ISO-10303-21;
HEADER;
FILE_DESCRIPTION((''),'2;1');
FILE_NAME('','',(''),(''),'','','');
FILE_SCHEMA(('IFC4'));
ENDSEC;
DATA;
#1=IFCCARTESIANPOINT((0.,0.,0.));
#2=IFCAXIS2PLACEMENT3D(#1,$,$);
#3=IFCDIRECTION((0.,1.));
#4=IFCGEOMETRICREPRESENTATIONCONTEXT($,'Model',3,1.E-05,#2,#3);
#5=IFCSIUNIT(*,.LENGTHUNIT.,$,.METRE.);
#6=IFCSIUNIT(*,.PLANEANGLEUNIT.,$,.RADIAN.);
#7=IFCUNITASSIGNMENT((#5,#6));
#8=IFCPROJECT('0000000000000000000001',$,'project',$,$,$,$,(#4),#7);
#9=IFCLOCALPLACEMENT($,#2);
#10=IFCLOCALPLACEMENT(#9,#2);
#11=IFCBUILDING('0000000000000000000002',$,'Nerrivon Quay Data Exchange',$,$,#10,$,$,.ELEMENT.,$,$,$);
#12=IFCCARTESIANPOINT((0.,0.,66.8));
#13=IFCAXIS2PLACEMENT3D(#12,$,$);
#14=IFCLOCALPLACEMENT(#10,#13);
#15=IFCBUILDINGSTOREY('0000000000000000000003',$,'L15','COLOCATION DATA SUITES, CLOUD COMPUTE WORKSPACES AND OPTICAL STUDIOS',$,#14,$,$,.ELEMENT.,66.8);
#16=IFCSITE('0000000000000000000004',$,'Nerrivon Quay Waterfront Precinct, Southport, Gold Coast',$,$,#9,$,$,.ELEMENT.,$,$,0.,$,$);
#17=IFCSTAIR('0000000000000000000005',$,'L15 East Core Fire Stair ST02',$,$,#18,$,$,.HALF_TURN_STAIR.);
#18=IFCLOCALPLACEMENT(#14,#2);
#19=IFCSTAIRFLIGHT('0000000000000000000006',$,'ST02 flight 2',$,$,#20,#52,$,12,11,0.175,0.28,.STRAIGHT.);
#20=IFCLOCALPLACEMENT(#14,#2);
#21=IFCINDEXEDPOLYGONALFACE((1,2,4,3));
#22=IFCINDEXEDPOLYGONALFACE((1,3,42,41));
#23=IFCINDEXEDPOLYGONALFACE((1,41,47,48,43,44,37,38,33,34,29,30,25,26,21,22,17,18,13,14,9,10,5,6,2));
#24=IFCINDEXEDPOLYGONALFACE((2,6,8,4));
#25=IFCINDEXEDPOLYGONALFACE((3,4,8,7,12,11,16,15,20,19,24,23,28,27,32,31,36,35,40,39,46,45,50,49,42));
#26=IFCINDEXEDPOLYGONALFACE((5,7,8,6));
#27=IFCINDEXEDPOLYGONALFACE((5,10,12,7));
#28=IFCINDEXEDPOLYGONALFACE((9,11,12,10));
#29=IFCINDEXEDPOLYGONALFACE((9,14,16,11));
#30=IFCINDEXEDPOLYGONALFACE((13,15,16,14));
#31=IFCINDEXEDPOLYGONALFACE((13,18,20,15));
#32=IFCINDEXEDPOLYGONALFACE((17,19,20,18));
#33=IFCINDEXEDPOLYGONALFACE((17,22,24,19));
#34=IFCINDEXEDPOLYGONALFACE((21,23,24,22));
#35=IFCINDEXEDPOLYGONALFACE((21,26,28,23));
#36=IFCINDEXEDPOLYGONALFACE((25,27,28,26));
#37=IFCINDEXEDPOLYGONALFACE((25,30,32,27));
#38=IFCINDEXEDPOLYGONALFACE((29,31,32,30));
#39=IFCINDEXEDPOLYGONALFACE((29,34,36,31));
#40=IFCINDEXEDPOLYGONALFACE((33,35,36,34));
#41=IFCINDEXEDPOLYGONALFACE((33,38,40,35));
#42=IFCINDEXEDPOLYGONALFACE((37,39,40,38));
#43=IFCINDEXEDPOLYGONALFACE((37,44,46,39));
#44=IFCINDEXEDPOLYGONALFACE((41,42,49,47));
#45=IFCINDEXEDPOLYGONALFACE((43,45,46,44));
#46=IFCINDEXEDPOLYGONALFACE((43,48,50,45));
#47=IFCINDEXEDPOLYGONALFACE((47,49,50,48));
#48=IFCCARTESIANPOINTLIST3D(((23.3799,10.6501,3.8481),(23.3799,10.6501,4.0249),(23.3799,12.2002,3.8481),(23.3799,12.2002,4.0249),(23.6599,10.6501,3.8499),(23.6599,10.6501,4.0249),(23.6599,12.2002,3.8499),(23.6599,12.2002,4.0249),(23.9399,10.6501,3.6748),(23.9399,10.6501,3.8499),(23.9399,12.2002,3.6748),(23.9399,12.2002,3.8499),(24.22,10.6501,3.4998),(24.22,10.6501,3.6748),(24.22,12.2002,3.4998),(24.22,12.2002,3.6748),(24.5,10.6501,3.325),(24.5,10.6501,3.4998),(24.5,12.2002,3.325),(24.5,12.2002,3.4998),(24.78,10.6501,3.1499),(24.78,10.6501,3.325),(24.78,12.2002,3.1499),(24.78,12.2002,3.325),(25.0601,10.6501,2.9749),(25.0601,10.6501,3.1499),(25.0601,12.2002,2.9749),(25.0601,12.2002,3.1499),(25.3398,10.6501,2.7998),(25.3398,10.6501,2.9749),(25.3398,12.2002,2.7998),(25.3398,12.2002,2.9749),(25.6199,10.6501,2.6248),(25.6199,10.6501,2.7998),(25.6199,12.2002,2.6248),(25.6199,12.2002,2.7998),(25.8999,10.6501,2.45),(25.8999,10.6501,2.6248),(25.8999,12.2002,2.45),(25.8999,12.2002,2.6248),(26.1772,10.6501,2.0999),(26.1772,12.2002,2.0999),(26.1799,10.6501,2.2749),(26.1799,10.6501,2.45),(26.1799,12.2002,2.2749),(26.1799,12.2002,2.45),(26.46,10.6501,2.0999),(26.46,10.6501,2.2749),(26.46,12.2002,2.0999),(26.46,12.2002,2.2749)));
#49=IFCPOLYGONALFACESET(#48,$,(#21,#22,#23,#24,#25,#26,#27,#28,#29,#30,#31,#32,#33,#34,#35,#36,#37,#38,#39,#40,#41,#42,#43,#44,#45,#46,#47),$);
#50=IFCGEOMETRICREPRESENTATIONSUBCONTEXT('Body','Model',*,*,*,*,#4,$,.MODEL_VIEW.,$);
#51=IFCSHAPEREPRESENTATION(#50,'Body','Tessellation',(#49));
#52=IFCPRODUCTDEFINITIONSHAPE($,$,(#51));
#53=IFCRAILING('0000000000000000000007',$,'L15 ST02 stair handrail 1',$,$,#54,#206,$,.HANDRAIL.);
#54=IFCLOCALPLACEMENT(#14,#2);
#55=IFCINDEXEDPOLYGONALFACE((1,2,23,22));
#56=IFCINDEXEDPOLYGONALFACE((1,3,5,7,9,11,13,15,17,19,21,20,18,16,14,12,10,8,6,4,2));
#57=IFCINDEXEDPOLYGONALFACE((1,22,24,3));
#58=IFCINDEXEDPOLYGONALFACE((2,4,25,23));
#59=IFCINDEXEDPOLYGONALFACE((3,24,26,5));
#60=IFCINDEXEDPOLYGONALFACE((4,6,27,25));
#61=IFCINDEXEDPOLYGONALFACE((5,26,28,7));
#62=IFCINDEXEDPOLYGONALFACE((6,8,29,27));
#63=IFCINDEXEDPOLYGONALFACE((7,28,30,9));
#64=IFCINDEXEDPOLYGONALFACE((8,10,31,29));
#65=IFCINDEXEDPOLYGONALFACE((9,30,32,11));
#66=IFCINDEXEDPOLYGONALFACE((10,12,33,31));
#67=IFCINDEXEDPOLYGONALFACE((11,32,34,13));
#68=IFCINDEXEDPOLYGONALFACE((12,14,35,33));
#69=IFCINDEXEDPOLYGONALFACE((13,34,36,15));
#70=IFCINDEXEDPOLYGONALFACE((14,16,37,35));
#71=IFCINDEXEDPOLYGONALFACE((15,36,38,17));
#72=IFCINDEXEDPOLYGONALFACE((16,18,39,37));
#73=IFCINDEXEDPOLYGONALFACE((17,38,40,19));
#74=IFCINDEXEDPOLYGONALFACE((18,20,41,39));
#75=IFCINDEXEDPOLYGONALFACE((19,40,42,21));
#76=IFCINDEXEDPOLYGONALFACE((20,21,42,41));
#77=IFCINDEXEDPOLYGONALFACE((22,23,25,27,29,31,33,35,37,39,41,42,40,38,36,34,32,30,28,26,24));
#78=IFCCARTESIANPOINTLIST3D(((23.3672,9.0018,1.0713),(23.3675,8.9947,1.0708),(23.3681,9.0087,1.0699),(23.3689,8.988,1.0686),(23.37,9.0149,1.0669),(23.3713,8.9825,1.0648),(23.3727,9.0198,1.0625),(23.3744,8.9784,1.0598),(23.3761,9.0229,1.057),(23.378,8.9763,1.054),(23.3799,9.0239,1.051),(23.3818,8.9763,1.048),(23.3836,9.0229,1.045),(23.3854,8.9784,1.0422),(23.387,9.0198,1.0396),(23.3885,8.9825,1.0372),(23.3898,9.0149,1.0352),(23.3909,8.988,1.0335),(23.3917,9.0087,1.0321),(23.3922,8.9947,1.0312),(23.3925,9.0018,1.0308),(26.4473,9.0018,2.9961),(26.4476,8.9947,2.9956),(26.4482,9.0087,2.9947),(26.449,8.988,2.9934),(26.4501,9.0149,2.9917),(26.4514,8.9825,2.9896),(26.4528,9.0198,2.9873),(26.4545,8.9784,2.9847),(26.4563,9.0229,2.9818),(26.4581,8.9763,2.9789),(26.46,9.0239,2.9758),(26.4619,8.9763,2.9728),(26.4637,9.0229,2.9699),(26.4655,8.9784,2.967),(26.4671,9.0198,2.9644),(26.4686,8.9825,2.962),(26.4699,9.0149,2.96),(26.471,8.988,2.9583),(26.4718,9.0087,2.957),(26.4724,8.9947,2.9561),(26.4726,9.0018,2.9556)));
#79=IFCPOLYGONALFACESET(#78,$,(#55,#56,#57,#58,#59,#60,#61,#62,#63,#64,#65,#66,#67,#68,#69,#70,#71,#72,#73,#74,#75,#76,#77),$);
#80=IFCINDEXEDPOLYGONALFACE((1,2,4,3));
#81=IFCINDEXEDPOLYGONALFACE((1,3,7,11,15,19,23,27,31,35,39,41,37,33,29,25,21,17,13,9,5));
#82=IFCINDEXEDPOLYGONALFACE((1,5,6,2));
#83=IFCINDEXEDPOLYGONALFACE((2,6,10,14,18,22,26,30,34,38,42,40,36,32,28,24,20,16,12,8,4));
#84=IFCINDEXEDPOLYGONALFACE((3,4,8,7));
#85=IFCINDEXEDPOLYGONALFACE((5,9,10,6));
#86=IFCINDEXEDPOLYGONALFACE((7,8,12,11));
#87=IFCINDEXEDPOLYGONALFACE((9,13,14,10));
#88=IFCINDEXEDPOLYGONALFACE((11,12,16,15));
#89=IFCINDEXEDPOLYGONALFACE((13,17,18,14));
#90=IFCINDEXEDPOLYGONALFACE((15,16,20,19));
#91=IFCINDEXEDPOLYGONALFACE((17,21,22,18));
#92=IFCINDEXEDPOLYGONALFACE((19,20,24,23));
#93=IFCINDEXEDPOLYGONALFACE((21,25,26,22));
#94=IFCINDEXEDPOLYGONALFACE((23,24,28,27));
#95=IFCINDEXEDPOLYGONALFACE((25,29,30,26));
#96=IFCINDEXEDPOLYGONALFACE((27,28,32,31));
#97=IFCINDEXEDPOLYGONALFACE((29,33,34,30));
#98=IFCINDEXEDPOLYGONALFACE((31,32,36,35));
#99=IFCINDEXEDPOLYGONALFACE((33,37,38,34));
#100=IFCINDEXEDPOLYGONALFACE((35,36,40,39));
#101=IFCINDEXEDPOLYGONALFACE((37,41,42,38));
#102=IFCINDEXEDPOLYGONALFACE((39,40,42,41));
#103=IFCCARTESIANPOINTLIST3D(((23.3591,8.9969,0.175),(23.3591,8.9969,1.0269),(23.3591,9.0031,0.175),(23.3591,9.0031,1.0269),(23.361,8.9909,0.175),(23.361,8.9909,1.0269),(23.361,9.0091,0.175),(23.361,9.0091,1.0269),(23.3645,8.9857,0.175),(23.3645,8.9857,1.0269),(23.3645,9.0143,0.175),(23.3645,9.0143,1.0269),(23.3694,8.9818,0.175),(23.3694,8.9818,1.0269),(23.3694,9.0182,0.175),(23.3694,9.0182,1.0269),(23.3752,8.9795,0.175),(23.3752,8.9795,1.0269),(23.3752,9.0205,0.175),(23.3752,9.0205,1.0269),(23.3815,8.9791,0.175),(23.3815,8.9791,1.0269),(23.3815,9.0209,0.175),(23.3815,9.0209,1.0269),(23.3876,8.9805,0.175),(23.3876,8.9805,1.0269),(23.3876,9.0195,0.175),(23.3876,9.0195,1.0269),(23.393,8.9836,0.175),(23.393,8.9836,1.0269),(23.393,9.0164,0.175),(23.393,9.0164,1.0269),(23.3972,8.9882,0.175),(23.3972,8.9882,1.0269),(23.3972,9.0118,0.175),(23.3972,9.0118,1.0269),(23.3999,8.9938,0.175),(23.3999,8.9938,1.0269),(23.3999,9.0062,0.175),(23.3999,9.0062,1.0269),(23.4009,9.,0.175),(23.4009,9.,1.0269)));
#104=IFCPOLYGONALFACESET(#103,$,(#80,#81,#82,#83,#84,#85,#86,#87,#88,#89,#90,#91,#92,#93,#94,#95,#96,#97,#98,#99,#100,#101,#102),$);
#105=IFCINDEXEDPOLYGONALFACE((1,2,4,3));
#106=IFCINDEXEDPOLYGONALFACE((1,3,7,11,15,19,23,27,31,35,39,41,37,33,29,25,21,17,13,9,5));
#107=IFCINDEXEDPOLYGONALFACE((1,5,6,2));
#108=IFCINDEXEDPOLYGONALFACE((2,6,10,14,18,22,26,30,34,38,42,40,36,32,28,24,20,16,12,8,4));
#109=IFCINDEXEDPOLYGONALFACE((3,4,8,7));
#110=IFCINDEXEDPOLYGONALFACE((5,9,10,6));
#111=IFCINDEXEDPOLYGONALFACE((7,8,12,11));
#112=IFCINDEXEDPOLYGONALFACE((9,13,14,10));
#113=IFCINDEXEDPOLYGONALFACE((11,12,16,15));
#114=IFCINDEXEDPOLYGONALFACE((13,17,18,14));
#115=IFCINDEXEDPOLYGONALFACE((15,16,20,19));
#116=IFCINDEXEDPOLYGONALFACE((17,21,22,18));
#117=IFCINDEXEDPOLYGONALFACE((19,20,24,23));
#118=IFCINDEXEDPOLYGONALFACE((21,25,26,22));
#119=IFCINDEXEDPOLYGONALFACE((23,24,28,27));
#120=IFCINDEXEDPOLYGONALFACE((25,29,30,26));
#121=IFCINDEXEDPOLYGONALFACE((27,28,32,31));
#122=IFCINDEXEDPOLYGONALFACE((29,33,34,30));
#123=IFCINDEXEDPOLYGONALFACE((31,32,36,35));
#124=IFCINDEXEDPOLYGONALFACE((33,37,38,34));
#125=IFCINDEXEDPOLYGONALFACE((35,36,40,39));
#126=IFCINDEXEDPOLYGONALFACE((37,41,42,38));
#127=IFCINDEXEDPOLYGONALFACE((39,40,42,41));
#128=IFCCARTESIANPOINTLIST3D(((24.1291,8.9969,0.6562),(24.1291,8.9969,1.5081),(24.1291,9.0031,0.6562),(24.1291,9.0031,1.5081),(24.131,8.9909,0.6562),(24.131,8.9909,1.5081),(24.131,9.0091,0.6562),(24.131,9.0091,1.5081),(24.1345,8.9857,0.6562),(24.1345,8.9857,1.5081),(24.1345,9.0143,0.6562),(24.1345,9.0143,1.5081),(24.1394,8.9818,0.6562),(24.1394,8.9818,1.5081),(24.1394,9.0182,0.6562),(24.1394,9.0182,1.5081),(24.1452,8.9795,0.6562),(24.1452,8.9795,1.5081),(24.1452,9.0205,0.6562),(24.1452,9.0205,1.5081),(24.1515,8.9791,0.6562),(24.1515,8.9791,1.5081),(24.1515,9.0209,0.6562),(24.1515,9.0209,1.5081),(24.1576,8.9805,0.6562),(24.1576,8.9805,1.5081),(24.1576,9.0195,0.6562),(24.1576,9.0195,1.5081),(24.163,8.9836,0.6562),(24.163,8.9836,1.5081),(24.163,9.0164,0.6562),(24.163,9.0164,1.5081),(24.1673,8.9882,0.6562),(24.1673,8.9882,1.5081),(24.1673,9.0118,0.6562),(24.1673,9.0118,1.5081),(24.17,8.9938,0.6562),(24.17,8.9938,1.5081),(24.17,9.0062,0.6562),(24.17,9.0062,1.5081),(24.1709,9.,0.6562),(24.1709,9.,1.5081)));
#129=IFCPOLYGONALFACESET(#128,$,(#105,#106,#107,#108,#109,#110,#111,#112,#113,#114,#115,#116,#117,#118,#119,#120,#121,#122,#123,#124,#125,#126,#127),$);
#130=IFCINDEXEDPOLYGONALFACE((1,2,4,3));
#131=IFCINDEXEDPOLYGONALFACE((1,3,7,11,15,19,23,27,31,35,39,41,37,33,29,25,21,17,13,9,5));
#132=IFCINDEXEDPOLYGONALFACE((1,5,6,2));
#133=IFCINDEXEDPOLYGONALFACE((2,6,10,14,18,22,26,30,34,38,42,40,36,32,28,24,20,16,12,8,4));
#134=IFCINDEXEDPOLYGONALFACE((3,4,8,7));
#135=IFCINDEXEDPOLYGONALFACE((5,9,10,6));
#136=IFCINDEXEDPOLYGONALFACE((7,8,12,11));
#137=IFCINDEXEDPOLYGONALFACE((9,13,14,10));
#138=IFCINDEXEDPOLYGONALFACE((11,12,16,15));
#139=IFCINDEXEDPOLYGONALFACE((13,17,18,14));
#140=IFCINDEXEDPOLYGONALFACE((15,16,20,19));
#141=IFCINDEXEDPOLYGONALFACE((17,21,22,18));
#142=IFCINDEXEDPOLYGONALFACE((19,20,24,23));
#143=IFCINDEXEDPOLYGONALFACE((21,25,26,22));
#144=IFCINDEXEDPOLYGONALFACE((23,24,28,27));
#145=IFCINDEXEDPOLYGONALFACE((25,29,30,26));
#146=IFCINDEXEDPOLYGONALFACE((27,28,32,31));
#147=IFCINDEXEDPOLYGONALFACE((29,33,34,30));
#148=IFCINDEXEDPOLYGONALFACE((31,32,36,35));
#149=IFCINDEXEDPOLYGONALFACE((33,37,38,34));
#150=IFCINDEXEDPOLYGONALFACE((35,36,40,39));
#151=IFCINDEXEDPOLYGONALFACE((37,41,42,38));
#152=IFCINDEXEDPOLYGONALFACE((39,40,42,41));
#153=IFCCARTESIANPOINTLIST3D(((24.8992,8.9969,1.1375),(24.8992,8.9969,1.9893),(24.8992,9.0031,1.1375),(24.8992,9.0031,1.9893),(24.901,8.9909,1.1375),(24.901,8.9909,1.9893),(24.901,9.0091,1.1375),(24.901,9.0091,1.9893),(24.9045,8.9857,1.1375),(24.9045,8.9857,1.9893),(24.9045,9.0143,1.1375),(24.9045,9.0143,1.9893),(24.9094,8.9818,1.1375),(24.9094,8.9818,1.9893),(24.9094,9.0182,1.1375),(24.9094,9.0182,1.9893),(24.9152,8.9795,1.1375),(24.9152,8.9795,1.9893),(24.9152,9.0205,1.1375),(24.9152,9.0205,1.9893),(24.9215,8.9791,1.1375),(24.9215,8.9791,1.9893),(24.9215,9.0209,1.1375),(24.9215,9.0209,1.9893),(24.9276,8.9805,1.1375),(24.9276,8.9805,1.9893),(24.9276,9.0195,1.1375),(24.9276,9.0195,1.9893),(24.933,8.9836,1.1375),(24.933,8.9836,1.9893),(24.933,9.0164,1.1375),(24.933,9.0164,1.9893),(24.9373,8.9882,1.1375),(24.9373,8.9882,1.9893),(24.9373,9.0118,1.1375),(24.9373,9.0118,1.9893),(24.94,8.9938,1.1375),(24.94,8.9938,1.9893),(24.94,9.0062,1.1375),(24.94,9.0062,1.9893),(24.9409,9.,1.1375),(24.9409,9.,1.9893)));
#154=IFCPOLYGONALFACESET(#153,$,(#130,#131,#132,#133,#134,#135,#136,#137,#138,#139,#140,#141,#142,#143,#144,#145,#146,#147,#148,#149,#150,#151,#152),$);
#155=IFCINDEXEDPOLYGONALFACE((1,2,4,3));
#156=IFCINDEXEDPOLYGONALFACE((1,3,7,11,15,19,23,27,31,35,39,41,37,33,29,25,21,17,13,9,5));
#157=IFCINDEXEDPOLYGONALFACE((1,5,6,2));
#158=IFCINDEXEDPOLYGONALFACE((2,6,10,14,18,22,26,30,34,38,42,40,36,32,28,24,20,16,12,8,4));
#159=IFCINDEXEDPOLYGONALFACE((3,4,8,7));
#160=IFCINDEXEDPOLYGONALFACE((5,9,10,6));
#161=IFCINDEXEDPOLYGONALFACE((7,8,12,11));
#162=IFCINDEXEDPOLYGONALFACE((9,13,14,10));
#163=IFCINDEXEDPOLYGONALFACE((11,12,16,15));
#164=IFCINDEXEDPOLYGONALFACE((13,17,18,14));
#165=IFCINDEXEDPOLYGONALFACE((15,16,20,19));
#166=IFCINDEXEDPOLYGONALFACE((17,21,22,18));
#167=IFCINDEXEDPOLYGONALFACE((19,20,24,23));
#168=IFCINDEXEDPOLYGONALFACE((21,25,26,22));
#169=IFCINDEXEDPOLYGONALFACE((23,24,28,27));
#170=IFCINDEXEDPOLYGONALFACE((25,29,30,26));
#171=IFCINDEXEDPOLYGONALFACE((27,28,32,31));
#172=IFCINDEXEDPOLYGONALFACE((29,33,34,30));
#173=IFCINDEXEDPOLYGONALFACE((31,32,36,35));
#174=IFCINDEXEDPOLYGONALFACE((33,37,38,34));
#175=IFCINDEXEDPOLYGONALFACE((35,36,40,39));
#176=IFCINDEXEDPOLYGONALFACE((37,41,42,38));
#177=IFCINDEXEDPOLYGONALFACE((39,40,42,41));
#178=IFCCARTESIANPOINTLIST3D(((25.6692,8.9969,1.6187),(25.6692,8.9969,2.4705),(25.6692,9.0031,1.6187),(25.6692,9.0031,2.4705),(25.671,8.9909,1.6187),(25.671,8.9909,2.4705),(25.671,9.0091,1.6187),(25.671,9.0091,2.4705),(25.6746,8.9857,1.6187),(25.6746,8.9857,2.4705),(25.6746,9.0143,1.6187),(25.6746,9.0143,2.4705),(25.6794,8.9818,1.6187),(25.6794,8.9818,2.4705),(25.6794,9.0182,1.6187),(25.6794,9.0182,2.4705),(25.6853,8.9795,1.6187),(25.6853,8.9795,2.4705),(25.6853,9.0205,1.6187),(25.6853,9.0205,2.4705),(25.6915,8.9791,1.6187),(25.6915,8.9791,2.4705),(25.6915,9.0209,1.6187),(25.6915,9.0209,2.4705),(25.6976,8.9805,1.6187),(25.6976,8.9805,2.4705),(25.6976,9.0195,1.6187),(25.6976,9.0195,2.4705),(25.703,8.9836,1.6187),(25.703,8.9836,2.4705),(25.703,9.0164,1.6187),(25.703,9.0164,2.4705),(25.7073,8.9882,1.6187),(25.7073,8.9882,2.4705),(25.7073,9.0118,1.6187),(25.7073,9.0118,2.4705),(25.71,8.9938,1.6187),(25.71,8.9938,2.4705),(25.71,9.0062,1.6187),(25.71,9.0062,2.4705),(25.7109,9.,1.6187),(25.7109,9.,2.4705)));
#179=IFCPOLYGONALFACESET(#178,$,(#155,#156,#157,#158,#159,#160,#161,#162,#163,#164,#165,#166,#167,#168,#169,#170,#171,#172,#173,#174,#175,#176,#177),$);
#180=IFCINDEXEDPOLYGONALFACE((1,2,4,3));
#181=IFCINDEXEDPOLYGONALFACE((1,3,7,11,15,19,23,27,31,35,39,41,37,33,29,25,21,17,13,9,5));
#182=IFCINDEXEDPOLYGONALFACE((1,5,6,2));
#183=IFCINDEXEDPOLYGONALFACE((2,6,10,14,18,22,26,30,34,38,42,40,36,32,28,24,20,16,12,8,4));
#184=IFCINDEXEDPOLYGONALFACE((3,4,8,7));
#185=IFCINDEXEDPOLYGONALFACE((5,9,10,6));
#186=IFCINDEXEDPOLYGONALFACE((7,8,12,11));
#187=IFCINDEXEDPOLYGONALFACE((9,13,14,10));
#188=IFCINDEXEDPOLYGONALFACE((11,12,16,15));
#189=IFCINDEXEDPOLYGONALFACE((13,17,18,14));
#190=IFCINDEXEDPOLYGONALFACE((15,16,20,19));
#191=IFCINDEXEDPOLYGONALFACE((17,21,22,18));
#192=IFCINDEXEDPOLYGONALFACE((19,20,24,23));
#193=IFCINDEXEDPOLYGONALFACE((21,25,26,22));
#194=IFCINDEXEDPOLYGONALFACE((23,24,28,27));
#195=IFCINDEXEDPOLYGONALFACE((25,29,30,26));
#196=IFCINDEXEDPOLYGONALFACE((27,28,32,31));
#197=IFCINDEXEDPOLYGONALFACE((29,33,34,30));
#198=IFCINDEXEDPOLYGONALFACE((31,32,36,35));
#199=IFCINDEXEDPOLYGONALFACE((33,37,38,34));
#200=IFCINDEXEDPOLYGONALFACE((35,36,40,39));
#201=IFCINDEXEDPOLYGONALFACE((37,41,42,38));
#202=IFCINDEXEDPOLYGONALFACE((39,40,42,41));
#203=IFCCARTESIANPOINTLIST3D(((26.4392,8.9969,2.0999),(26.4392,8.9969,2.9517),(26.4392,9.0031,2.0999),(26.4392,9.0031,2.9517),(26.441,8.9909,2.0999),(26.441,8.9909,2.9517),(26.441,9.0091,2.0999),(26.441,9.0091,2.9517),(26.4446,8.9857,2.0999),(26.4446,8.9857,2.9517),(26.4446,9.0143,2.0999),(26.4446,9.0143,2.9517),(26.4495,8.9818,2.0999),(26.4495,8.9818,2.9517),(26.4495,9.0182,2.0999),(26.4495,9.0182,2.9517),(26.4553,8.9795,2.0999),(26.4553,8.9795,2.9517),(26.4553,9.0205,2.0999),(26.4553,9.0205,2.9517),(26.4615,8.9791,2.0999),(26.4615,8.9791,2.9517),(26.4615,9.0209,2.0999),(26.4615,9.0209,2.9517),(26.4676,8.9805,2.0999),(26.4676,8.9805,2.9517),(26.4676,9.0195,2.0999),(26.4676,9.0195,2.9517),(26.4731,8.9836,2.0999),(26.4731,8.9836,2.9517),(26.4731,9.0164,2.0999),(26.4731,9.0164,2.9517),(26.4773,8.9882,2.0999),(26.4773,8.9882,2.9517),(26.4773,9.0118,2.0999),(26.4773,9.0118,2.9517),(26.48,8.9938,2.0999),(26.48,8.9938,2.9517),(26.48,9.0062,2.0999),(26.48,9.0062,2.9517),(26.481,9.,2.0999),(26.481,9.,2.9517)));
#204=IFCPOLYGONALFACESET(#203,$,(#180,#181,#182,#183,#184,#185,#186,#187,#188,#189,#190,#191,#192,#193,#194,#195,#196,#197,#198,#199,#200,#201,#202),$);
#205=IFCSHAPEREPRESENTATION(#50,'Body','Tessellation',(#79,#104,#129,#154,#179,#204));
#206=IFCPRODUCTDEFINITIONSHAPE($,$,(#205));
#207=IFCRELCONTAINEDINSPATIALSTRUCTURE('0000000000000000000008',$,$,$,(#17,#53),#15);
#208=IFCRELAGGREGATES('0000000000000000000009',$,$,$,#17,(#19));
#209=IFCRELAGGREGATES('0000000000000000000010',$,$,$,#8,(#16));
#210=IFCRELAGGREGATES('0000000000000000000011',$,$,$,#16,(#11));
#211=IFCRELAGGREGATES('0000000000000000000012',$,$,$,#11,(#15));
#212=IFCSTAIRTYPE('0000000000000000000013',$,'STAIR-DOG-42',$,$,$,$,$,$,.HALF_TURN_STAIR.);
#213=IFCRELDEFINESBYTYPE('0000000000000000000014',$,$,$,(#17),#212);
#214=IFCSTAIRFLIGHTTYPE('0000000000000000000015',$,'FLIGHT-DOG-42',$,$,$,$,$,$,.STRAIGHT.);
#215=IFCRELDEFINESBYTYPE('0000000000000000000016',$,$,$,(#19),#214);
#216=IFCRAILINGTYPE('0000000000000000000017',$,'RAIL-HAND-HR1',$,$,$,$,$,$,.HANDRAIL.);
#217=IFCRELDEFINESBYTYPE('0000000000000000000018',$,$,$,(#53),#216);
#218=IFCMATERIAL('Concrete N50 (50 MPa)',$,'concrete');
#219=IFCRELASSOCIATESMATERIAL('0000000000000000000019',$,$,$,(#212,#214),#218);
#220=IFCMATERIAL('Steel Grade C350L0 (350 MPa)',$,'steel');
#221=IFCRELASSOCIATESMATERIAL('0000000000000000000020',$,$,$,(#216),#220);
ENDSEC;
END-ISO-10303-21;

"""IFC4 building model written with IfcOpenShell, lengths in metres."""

from ifc_helpers import new_model, si_unit, direction, frame, origin, origin_2d, place, context, subcontext, project, spatial, polyline, circle, outline, extrude, material, type_object, element, aggregate, save


model = new_model("IFC4")

# Units and contexts
model_context = context("Model", 3, precision=1e-05, world=origin(), true_north=direction((0.0, 1.0)))
body_context = subcontext(model_context, "Body", "Model", "MODEL_VIEW")
ifc_project = project(units=[si_unit("LENGTHUNIT", "METRE"), si_unit("PLANEANGLEUNIT", "RADIAN")], contexts=[model_context])

# Site, building, storey
site_placement = place(None, origin())
site = spatial("IfcSite", under=ifc_project, at=site_placement, Name="Nerrivon Quay Waterfront Precinct, Southport, Gold Coast", CompositionType="ELEMENT", RefElevation=0.0)
building_placement = place(site_placement, origin())
building = spatial("IfcBuilding", under=site, at=building_placement, Name="Nerrivon Quay Data Exchange", CompositionType="ELEMENT")
storey_placement = place(building_placement, frame((0.0, 0.0, 66.8)))
storey = spatial("IfcBuildingStorey", under=building, at=storey_placement, Name="L15", Description="COLOCATION DATA SUITES, CLOUD COMPUTE WORKSPACES AND OPTICAL STUDIOS", CompositionType="ELEMENT", Elevation=66.8)

# Shared definitions
ifc_material_1 = material(Name="Concrete N50 (50 MPa)", Category="concrete")

# Stair, stair flight
stair_type = type_object("IfcStairType", Name="STAIR-DOG-42", PredefinedType="HALF_TURN_STAIR", material=ifc_material_1)
stair_placement = place(storey_placement, origin())
stair = element("IfcStair", 1, at=stair_placement, inside=storey, type_object=stair_type, Name="L15 East Core Fire Stair ST02", PredefinedType="HALF_TURN_STAIR")
stair_flight_type = type_object("IfcStairFlightType", Name="FLIGHT-DOG-42", PredefinedType="STRAIGHT", material=ifc_material_1)
stair_flight_1_placement = place(storey_placement, frame((26.46, 11.425, 2.0999), z_axis=(0.0, 0.0, 1.0), x_axis=(-1.0, 0.0, 0.0)))
stair_flight_1 = element("IfcStairFlight", 2, at=stair_flight_1_placement, type_object=stair_flight_type, Name="ST02 flight 2", NumberOfRisers=12, NumberOfTreads=11, PredefinedType="STRAIGHT", RiserHeight=0.175, TreadLength=0.28, context=body_context, shape_type="SweptSolid", body=[
    extrude(outline(polyline([(0.0, 0.0), (0.0, 0.175), (0.28, 0.175), (0.28, 0.3501), (0.5601, 0.3501), (0.5601, 0.5249), (0.8401, 0.5249), (0.8401, 0.7), (1.1201, 0.7), (1.1201, 0.875), (1.3999, 0.875), (1.3999, 1.05), (1.6799, 1.05), (1.6799, 1.2251), (1.96, 1.2251), (1.96, 1.3999), (2.24, 1.3999), (2.24, 1.575), (2.52, 1.575), (2.52, 1.75), (2.8, 1.75), (2.8, 1.925), (3.0801, 1.925), (3.0801, 2.1001), (3.0801, 1.7483), (0.2827, 0.0), (0.0, 0.0)])), frame((0.0, 0.7749, 0.0), z_axis=(0.0, -1.0, 0.0), x_axis=(1.0, 0.0, 0.0)), (0.0, 0.0, 1.0), 1.55),
])
aggregate(stair, [stair_flight_1])

# Railing
ifc_material_2 = material(Name="Steel Grade C350L0 (350 MPa)", Category="steel")
railing_type_1 = type_object("IfcRailingType", Name="RAIL-HAND-HR1", PredefinedType="HANDRAIL", material=ifc_material_2)
railing_1_placement = place(storey_placement, frame((23.3799, 9.0, 0.175)))
element("IfcRailing", 3, at=railing_1_placement, inside=storey, type_object=railing_type_1, Name="L15 ST02 stair handrail 1", PredefinedType="HANDRAIL", context=body_context, shape_type="SweptSolid", body=[
    extrude(circle(Radius=0.0239, at=origin_2d()), frame((0.0, 0.0, 0.876), z_axis=(0.848029, 0.0, 0.529951), x_axis=(0.0, 1.0, 0.0)), (0.0, 0.0, 1.0), 3.6321),
    extrude(circle(Radius=0.021, at=origin_2d()), origin(), (0.0, 0.0, 1.0), 0.8518),
    extrude(circle(Radius=0.021, at=origin_2d()), frame((0.77, 0.0, 0.4812)), (0.0, 0.0, 1.0), 0.8518),
    extrude(circle(Radius=0.021, at=origin_2d()), frame((1.54, 0.0, 0.9624)), (0.0, 0.0, 1.0), 0.8518),
    extrude(circle(Radius=0.021, at=origin_2d()), frame((2.3101, 0.0, 1.4436)), (0.0, 0.0, 1.0), 0.8518),
    extrude(circle(Radius=0.021, at=origin_2d()), frame((3.0801, 0.0, 1.9248)), (0.0, 0.0, 1.0), 0.8518),
])

save(model, "model.ifc")
